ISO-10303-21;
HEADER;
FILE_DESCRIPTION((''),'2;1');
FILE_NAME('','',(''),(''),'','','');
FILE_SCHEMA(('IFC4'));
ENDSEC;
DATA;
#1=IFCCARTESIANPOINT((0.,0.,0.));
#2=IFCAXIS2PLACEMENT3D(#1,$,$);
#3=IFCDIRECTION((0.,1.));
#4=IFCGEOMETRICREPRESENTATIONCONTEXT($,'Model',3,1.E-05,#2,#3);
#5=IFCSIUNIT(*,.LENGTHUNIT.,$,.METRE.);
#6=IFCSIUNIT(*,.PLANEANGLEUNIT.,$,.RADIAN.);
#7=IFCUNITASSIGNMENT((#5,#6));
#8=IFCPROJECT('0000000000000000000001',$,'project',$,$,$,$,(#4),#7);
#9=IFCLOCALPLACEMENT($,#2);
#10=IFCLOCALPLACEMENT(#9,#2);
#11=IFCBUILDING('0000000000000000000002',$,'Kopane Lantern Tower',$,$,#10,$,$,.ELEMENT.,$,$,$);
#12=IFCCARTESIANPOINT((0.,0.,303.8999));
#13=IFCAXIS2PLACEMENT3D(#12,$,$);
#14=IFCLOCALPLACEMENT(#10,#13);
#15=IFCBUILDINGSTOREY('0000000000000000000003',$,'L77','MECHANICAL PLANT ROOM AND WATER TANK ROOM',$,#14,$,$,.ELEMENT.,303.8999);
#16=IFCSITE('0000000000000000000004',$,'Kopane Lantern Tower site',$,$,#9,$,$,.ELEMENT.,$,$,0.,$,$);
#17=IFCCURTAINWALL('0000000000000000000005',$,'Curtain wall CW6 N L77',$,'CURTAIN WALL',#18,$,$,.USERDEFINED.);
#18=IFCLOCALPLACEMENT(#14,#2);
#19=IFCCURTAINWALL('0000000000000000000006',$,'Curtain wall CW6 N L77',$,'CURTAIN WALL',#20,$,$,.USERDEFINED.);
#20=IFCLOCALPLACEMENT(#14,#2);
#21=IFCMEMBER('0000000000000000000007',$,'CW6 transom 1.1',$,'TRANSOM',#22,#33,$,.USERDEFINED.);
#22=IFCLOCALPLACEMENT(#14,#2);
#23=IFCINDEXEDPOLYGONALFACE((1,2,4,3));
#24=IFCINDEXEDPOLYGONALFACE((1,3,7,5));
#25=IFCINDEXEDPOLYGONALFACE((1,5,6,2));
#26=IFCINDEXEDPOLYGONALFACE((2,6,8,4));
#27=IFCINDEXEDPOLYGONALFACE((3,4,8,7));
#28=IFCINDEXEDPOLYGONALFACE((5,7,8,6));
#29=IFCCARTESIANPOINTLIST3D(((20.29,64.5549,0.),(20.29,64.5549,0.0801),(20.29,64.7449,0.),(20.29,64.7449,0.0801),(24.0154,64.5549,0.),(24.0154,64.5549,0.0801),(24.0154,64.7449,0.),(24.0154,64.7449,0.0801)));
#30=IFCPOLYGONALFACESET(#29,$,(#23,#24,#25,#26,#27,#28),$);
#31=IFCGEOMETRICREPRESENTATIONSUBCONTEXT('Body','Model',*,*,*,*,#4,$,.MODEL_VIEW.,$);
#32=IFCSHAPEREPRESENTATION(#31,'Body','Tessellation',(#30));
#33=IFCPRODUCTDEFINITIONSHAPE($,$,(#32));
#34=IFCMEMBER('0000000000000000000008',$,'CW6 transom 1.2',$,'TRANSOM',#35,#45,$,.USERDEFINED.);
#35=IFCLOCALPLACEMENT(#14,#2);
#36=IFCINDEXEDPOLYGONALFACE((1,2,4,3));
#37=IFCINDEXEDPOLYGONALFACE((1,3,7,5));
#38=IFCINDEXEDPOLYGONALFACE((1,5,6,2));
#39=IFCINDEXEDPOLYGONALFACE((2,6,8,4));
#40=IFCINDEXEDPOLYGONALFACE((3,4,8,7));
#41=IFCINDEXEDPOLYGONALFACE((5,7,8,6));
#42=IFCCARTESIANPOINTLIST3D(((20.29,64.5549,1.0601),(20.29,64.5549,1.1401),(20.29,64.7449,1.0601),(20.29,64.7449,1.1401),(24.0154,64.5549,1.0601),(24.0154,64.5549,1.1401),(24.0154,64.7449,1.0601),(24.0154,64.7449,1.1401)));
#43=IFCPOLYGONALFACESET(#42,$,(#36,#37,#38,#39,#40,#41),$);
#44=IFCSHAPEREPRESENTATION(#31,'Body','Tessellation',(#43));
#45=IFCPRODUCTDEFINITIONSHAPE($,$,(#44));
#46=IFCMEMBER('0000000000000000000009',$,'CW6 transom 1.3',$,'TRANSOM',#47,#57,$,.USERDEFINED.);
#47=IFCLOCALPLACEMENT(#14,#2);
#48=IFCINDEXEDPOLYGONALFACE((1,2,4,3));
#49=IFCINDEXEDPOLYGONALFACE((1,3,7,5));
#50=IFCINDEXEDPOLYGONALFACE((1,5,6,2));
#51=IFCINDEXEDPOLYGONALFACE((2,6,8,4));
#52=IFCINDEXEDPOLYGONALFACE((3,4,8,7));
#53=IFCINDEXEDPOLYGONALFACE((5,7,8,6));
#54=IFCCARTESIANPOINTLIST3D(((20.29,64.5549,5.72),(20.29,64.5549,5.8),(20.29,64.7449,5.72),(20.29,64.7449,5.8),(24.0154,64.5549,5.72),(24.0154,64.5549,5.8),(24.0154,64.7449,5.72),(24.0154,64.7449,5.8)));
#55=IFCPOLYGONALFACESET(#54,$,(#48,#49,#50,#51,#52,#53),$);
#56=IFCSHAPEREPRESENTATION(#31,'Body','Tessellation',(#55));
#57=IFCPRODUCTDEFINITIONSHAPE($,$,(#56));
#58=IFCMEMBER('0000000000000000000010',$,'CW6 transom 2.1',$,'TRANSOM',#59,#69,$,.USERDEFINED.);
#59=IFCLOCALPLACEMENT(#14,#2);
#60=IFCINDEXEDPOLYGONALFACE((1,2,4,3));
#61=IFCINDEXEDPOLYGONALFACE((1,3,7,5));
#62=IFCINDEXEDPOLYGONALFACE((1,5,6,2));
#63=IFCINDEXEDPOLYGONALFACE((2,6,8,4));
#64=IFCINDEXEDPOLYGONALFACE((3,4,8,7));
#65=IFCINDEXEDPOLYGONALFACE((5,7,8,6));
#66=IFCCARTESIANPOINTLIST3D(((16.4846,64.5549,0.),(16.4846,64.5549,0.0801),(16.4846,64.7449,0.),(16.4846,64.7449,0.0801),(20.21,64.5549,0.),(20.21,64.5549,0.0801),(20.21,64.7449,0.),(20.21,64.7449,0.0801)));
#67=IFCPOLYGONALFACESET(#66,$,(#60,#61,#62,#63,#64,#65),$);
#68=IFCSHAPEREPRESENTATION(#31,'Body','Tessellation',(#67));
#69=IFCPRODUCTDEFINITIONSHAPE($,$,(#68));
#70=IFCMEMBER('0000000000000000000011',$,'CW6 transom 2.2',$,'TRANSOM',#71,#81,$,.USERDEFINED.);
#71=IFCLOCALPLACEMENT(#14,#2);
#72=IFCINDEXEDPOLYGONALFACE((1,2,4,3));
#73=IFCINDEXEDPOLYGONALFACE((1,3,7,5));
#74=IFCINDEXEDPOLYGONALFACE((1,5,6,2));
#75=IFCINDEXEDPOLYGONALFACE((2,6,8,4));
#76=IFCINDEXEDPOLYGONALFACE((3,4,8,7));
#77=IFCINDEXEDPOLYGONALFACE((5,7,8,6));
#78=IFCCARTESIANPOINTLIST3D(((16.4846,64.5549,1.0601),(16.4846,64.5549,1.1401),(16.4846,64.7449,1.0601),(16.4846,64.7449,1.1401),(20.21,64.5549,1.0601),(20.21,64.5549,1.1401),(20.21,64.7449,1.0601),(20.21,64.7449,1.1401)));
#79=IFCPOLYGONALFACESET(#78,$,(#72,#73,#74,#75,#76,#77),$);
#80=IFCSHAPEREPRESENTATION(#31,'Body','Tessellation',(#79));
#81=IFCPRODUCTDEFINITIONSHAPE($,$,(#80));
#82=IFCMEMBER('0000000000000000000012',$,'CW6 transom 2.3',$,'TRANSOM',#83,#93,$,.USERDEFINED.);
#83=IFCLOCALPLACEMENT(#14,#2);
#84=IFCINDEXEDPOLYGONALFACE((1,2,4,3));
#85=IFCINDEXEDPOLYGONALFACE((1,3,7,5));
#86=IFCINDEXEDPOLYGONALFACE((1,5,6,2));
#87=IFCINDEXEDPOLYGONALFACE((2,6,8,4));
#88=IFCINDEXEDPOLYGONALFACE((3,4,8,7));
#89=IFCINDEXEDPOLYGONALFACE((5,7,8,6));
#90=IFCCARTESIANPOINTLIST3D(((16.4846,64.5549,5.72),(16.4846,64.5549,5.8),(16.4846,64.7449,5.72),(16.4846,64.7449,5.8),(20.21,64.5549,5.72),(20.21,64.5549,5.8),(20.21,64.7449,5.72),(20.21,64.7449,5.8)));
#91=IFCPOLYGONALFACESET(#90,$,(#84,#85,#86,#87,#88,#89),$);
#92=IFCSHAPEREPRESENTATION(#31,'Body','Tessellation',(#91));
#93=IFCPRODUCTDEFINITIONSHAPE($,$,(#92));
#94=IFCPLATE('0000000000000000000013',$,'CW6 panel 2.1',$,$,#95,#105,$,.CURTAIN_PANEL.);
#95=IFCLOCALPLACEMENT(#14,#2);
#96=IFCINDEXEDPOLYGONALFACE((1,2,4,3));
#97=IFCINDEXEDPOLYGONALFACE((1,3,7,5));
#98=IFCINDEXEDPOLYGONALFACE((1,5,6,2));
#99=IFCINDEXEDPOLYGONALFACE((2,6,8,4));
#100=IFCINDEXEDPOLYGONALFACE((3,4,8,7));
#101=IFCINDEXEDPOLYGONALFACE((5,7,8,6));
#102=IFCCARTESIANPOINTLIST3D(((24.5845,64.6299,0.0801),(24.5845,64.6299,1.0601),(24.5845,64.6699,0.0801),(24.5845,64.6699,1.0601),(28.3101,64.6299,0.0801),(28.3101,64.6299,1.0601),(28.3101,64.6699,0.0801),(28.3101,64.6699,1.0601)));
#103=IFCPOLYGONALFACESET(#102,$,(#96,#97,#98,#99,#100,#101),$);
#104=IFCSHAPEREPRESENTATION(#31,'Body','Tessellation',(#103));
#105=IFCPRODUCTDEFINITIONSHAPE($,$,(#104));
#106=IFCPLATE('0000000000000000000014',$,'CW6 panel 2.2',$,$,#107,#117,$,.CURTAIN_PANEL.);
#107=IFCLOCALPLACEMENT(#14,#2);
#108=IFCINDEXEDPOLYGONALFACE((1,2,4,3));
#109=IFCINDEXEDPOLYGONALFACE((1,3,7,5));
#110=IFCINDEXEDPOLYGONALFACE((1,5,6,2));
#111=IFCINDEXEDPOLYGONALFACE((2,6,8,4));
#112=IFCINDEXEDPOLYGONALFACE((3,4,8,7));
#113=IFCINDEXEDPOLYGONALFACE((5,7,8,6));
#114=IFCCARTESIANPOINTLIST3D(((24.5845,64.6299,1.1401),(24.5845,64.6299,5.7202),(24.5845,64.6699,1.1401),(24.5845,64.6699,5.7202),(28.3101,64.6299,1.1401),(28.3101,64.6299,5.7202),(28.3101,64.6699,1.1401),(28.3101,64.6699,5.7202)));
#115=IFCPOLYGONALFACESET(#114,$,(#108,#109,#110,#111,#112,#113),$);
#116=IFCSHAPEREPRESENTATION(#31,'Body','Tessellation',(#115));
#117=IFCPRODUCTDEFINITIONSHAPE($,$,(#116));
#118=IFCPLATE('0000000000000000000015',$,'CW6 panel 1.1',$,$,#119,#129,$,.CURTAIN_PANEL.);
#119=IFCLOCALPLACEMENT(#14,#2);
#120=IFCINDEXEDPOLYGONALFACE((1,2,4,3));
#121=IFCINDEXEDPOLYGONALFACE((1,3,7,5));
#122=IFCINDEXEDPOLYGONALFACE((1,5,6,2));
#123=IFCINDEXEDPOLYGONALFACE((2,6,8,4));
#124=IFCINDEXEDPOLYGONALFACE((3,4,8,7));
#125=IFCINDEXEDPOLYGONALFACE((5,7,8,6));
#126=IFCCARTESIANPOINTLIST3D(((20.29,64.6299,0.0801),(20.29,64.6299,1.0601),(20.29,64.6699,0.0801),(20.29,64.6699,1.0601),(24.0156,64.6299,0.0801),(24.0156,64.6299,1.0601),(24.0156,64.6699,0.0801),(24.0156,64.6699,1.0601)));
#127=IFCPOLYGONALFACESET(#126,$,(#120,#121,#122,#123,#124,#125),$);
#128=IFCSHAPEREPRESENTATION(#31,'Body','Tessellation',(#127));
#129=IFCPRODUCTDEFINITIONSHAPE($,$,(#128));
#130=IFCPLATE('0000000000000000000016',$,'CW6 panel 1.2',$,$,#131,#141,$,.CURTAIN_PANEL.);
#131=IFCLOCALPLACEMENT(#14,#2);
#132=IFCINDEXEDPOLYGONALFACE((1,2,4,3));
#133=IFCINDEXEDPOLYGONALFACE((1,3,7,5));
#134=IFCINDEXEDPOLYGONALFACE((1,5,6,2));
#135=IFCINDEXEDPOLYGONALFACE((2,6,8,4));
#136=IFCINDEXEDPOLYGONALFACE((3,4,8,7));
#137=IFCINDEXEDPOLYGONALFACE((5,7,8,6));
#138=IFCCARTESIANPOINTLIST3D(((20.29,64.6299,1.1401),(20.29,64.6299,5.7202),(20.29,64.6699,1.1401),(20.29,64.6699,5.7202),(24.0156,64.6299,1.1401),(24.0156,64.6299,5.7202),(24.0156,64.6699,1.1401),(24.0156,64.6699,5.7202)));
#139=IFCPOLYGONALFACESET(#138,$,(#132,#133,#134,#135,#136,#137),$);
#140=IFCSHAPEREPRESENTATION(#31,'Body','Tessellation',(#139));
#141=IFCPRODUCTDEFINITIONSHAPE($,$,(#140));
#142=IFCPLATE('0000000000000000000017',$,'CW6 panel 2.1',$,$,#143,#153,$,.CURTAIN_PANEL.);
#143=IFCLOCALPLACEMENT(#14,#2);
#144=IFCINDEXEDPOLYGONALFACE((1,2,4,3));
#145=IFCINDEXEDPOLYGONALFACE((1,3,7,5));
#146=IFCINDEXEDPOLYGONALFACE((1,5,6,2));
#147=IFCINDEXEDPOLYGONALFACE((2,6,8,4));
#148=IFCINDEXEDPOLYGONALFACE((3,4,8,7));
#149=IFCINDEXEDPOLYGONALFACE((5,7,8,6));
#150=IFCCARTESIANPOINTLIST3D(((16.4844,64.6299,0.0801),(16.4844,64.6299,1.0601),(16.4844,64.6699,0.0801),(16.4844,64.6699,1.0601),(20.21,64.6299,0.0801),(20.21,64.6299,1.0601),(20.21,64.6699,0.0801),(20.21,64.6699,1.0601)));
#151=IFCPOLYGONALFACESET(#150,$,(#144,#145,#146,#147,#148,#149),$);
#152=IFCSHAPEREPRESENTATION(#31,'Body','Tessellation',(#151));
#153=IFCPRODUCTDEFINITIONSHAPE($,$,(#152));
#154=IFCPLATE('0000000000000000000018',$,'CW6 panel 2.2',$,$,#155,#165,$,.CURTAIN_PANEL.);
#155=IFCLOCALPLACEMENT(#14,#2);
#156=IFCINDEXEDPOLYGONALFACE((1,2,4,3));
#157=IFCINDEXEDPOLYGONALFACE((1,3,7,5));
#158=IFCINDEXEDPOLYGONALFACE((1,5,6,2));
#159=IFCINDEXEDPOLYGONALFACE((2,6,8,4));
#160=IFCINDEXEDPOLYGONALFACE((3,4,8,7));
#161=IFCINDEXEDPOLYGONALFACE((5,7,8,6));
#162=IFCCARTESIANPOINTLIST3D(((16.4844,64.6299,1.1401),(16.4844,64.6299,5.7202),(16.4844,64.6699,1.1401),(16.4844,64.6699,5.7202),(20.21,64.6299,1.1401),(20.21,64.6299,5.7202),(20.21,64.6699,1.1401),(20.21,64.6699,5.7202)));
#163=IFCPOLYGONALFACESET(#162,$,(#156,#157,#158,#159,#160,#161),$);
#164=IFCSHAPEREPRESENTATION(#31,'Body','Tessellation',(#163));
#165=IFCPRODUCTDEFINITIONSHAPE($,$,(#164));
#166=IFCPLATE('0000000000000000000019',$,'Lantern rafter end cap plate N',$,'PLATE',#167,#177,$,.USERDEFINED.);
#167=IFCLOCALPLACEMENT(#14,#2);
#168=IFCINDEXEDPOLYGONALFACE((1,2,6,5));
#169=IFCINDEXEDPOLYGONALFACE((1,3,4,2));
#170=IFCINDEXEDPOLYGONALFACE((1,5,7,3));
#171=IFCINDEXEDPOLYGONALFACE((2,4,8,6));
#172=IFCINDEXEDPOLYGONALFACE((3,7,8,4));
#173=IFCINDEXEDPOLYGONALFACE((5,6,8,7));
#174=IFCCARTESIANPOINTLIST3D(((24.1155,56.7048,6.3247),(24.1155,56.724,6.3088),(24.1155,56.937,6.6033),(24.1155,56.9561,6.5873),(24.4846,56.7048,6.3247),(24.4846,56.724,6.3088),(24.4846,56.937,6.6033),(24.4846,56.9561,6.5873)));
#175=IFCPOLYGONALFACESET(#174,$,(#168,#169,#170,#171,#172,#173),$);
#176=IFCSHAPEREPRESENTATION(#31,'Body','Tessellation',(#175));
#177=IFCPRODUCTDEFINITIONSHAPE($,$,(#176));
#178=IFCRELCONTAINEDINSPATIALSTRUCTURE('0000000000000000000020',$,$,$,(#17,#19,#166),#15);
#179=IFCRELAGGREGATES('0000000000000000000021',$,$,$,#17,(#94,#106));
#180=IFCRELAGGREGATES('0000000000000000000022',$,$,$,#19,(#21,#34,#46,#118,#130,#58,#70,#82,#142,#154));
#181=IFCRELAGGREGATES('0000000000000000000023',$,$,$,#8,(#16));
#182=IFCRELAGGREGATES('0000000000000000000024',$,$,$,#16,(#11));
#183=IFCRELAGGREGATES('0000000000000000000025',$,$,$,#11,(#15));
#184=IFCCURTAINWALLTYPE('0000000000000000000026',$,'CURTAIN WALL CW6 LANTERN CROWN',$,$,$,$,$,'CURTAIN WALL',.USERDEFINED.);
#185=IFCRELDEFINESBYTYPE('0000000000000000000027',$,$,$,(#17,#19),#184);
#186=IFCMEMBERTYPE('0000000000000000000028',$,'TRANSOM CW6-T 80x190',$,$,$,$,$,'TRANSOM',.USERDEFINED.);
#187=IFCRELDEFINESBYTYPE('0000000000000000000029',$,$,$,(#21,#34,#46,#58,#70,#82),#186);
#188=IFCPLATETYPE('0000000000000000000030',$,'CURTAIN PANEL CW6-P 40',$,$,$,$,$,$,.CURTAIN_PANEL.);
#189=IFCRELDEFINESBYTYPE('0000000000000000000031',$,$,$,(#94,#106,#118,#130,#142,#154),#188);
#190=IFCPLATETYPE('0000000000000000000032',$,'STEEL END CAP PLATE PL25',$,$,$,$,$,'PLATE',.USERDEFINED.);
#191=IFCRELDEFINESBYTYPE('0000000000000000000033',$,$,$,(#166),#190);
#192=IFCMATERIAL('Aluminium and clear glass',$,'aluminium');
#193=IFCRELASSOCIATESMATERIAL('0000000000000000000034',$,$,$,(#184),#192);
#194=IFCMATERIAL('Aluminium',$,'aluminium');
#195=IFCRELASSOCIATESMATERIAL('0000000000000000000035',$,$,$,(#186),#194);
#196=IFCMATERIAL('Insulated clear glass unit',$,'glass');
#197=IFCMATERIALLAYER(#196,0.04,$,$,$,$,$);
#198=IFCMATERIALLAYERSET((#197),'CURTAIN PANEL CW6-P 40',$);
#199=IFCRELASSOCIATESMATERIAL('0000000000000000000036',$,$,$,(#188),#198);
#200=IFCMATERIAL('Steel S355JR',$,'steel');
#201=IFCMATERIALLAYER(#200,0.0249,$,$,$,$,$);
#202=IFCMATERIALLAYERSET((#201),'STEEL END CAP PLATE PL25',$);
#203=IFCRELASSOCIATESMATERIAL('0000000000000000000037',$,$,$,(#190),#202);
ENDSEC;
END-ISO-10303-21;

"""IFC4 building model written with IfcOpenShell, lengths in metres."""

from ifc_helpers import new_model, si_unit, direction, frame, origin, origin_2d, place, context, subcontext, project, spatial, polyline, rectangle, outline, extrude, material, layer, layer_set, material_profile, profile_set, type_object, element, aggregate, save


model = new_model("IFC4")

# Units and contexts
model_context = context("Model", 3, precision=1e-05, world=origin(), true_north=direction((0.0, 1.0)))
body_context = subcontext(model_context, "Body", "Model", "MODEL_VIEW")
ifc_project = project(units=[si_unit("LENGTHUNIT", "METRE"), si_unit("PLANEANGLEUNIT", "RADIAN")], contexts=[model_context])

# Site, building, storey
site_placement = place(None, origin())
site = spatial("IfcSite", under=ifc_project, at=site_placement, Name="Kopane Lantern Tower site", CompositionType="ELEMENT", RefElevation=0.0)
building_placement = place(site_placement, origin())
building = spatial("IfcBuilding", under=site, at=building_placement, Name="Kopane Lantern Tower", CompositionType="ELEMENT")
storey_placement = place(building_placement, frame((0.0, 0.0, 303.8999)))
storey = spatial("IfcBuildingStorey", under=building, at=storey_placement, Name="L77", Description="MECHANICAL PLANT ROOM AND WATER TANK ROOM", CompositionType="ELEMENT", Elevation=303.8999)

# Curtain wall
ifc_material_1 = material(Name="Aluminium and clear glass", Category="aluminium")
curtain_wall_type = type_object("IfcCurtainWallType", Name="CURTAIN WALL CW6 LANTERN CROWN", ElementType="CURTAIN WALL", PredefinedType="USERDEFINED", material=ifc_material_1)
curtain_wall_1_placement = place(storey_placement, origin())
curtain_wall_1 = element("IfcCurtainWall", 1, at=curtain_wall_1_placement, inside=storey, type_object=curtain_wall_type, Name="Curtain wall CW6 N L77", ObjectType="CURTAIN WALL", PredefinedType="USERDEFINED")

# Curtain wall
curtain_wall_2_placement = place(storey_placement, origin())
curtain_wall_2 = element("IfcCurtainWall", 2, at=curtain_wall_2_placement, inside=storey, type_object=curtain_wall_type, Name="Curtain wall CW6 N L77", ObjectType="CURTAIN WALL", PredefinedType="USERDEFINED")

# Members
ifc_material_2 = material(Name="Aluminium", Category="aluminium")
ifc_material_profile_1 = material_profile(ifc_material_2, rectangle(XDim=0.1899, YDim=0.0801, at=origin_2d()), Name="AL 190x80")
ifc_profile_set_1 = profile_set([ifc_material_profile_1], Name="Aluminium")
member_type_1 = type_object("IfcMemberType", Name="TRANSOM CW6-T 80x190", ElementType="TRANSOM", PredefinedType="USERDEFINED", material=ifc_profile_set_1)
member_1_placement = place(storey_placement, frame((24.0154, 64.6499, 0.04), z_axis=(-1.0, 0.0, 0.0), x_axis=(0.0, -1.0, 0.0)))
member_1 = element("IfcMember", 3, at=member_1_placement, type_object=member_type_1, Name="CW6 transom 1.1", ObjectType="TRANSOM", PredefinedType="USERDEFINED", context=body_context, shape_type="SweptSolid", body=[
    extrude(rectangle(XDim=0.1899, YDim=0.0801, at=origin_2d()), origin(), (0.0, 0.0, 1.0), 3.7253),
])
member_2_placement = place(storey_placement, frame((24.0154, 64.6499, 1.1001), z_axis=(-1.0, 0.0, 0.0), x_axis=(0.0, -1.0, 0.0)))
member_2 = element("IfcMember", 4, at=member_2_placement, type_object=member_type_1, Name="CW6 transom 1.2", ObjectType="TRANSOM", PredefinedType="USERDEFINED", context=body_context, shape_type="SweptSolid", body=[
    extrude(rectangle(XDim=0.1899, YDim=0.0801, at=origin_2d()), origin(), (0.0, 0.0, 1.0), 3.7253),
])
member_3_placement = place(storey_placement, frame((24.0154, 64.6499, 5.76), z_axis=(-1.0, 0.0, 0.0), x_axis=(0.0, -1.0, 0.0)))
member_3 = element("IfcMember", 5, at=member_3_placement, type_object=member_type_1, Name="CW6 transom 1.3", ObjectType="TRANSOM", PredefinedType="USERDEFINED", context=body_context, shape_type="SweptSolid", body=[
    extrude(rectangle(XDim=0.1899, YDim=0.0801, at=origin_2d()), origin(), (0.0, 0.0, 1.0), 3.7253),
])
member_4_placement = place(storey_placement, frame((20.21, 64.6499, 0.04), z_axis=(-1.0, 0.0, 0.0), x_axis=(0.0, -1.0, 0.0)))
member_4 = element("IfcMember", 6, at=member_4_placement, type_object=member_type_1, Name="CW6 transom 2.1", ObjectType="TRANSOM", PredefinedType="USERDEFINED", context=body_context, shape_type="SweptSolid", body=[
    extrude(rectangle(XDim=0.1899, YDim=0.0801, at=origin_2d()), origin(), (0.0, 0.0, 1.0), 3.7253),
])
member_5_placement = place(storey_placement, frame((20.21, 64.6499, 1.1001), z_axis=(-1.0, 0.0, 0.0), x_axis=(0.0, -1.0, 0.0)))
member_5 = element("IfcMember", 7, at=member_5_placement, type_object=member_type_1, Name="CW6 transom 2.2", ObjectType="TRANSOM", PredefinedType="USERDEFINED", context=body_context, shape_type="SweptSolid", body=[
    extrude(rectangle(XDim=0.1899, YDim=0.0801, at=origin_2d()), origin(), (0.0, 0.0, 1.0), 3.7253),
])
member_6_placement = place(storey_placement, frame((20.21, 64.6499, 5.76), z_axis=(-1.0, 0.0, 0.0), x_axis=(0.0, -1.0, 0.0)))
member_6 = element("IfcMember", 8, at=member_6_placement, type_object=member_type_1, Name="CW6 transom 2.3", ObjectType="TRANSOM", PredefinedType="USERDEFINED", context=body_context, shape_type="SweptSolid", body=[
    extrude(rectangle(XDim=0.1899, YDim=0.0801, at=origin_2d()), origin(), (0.0, 0.0, 1.0), 3.7253),
])

# Plates
ifc_material_3 = material(Name="Insulated clear glass unit", Category="glass")
ifc_layer_1 = layer(ifc_material_3, 0.04)
ifc_layer_set_1 = layer_set([ifc_layer_1], Name="CURTAIN PANEL CW6-P 40")
plate_type_1 = type_object("IfcPlateType", Name="CURTAIN PANEL CW6-P 40", PredefinedType="CURTAIN_PANEL", material=ifc_layer_set_1)
plate_1_placement = place(storey_placement, frame((26.4473, 64.6499, 0.0801), z_axis=(0.0, 0.0, 1.0), x_axis=(-1.0, 0.0, 0.0)))
plate_1 = element("IfcPlate", 9, at=plate_1_placement, type_object=plate_type_1, Name="CW6 panel 2.1", PredefinedType="CURTAIN_PANEL", context=body_context, shape_type="SweptSolid", body=[
    extrude(rectangle(XDim=3.7256, YDim=0.04, at=origin_2d()), origin(), (0.0, 0.0, 1.0), 0.98),
])
plate_2_placement = place(storey_placement, frame((26.4473, 64.6499, 1.1401), z_axis=(0.0, 0.0, 1.0), x_axis=(-1.0, 0.0, 0.0)))
plate_2 = element("IfcPlate", 10, at=plate_2_placement, type_object=plate_type_1, Name="CW6 panel 2.2", PredefinedType="CURTAIN_PANEL", context=body_context, shape_type="SweptSolid", body=[
    extrude(rectangle(XDim=3.7256, YDim=0.04, at=origin_2d()), origin(), (0.0, 0.0, 1.0), 4.5801),
])
aggregate(curtain_wall_1, [plate_1, plate_2])
plate_3_placement = place(storey_placement, frame((22.1528, 64.6499, 0.0801), z_axis=(0.0, 0.0, 1.0), x_axis=(-1.0, 0.0, 0.0)))
plate_3 = element("IfcPlate", 11, at=plate_3_placement, type_object=plate_type_1, Name="CW6 panel 1.1", PredefinedType="CURTAIN_PANEL", context=body_context, shape_type="SweptSolid", body=[
    extrude(rectangle(XDim=3.7256, YDim=0.04, at=origin_2d()), origin(), (0.0, 0.0, 1.0), 0.98),
])
plate_4_placement = place(storey_placement, frame((22.1528, 64.6499, 1.1401), z_axis=(0.0, 0.0, 1.0), x_axis=(-1.0, 0.0, 0.0)))
plate_4 = element("IfcPlate", 12, at=plate_4_placement, type_object=plate_type_1, Name="CW6 panel 1.2", PredefinedType="CURTAIN_PANEL", context=body_context, shape_type="SweptSolid", body=[
    extrude(rectangle(XDim=3.7256, YDim=0.04, at=origin_2d()), origin(), (0.0, 0.0, 1.0), 4.5801),
])
plate_5_placement = place(storey_placement, frame((18.3472, 64.6499, 0.0801), z_axis=(0.0, 0.0, 1.0), x_axis=(-1.0, 0.0, 0.0)))
plate_5 = element("IfcPlate", 13, at=plate_5_placement, type_object=plate_type_1, Name="CW6 panel 2.1", PredefinedType="CURTAIN_PANEL", context=body_context, shape_type="SweptSolid", body=[
    extrude(rectangle(XDim=3.7256, YDim=0.04, at=origin_2d()), origin(), (0.0, 0.0, 1.0), 0.98),
])
plate_6_placement = place(storey_placement, frame((18.3472, 64.6499, 1.1401), z_axis=(0.0, 0.0, 1.0), x_axis=(-1.0, 0.0, 0.0)))
plate_6 = element("IfcPlate", 14, at=plate_6_placement, type_object=plate_type_1, Name="CW6 panel 2.2", PredefinedType="CURTAIN_PANEL", context=body_context, shape_type="SweptSolid", body=[
    extrude(rectangle(XDim=3.7256, YDim=0.04, at=origin_2d()), origin(), (0.0, 0.0, 1.0), 4.5801),
])
aggregate(curtain_wall_2, [member_1, member_2, member_3, plate_3, plate_4, member_4, member_5, member_6, plate_5, plate_6])
ifc_material_4 = material(Name="Steel S355JR", Category="steel")
ifc_layer_2 = layer(ifc_material_4, 0.0249)
ifc_layer_set_2 = layer_set([ifc_layer_2], Name="STEEL END CAP PLATE PL25")
plate_type_2 = type_object("IfcPlateType", Name="STEEL END CAP PLATE PL25", ElementType="PLATE", PredefinedType="USERDEFINED", material=ifc_layer_set_2)
plate_7_placement = place(storey_placement, frame((24.1155, 56.7048, 6.3247), z_axis=(0.0, -0.768166, 0.640251), x_axis=(1.0, 0.0, 0.0)))
element("IfcPlate", 15, at=plate_7_placement, inside=storey, type_object=plate_type_2, Name="Lantern rafter end cap plate N", ObjectType="PLATE", PredefinedType="USERDEFINED", context=body_context, shape_type="SweptSolid", body=[
    extrude(outline(polyline([(0.0, 0.0), (0.3691, 0.0), (0.3691, 0.3626), (0.0, 0.3626), (0.0, 0.0)])), origin(), (0.0, 0.0, -1.0), 0.0249),
])

save(model, "model.ifc")
